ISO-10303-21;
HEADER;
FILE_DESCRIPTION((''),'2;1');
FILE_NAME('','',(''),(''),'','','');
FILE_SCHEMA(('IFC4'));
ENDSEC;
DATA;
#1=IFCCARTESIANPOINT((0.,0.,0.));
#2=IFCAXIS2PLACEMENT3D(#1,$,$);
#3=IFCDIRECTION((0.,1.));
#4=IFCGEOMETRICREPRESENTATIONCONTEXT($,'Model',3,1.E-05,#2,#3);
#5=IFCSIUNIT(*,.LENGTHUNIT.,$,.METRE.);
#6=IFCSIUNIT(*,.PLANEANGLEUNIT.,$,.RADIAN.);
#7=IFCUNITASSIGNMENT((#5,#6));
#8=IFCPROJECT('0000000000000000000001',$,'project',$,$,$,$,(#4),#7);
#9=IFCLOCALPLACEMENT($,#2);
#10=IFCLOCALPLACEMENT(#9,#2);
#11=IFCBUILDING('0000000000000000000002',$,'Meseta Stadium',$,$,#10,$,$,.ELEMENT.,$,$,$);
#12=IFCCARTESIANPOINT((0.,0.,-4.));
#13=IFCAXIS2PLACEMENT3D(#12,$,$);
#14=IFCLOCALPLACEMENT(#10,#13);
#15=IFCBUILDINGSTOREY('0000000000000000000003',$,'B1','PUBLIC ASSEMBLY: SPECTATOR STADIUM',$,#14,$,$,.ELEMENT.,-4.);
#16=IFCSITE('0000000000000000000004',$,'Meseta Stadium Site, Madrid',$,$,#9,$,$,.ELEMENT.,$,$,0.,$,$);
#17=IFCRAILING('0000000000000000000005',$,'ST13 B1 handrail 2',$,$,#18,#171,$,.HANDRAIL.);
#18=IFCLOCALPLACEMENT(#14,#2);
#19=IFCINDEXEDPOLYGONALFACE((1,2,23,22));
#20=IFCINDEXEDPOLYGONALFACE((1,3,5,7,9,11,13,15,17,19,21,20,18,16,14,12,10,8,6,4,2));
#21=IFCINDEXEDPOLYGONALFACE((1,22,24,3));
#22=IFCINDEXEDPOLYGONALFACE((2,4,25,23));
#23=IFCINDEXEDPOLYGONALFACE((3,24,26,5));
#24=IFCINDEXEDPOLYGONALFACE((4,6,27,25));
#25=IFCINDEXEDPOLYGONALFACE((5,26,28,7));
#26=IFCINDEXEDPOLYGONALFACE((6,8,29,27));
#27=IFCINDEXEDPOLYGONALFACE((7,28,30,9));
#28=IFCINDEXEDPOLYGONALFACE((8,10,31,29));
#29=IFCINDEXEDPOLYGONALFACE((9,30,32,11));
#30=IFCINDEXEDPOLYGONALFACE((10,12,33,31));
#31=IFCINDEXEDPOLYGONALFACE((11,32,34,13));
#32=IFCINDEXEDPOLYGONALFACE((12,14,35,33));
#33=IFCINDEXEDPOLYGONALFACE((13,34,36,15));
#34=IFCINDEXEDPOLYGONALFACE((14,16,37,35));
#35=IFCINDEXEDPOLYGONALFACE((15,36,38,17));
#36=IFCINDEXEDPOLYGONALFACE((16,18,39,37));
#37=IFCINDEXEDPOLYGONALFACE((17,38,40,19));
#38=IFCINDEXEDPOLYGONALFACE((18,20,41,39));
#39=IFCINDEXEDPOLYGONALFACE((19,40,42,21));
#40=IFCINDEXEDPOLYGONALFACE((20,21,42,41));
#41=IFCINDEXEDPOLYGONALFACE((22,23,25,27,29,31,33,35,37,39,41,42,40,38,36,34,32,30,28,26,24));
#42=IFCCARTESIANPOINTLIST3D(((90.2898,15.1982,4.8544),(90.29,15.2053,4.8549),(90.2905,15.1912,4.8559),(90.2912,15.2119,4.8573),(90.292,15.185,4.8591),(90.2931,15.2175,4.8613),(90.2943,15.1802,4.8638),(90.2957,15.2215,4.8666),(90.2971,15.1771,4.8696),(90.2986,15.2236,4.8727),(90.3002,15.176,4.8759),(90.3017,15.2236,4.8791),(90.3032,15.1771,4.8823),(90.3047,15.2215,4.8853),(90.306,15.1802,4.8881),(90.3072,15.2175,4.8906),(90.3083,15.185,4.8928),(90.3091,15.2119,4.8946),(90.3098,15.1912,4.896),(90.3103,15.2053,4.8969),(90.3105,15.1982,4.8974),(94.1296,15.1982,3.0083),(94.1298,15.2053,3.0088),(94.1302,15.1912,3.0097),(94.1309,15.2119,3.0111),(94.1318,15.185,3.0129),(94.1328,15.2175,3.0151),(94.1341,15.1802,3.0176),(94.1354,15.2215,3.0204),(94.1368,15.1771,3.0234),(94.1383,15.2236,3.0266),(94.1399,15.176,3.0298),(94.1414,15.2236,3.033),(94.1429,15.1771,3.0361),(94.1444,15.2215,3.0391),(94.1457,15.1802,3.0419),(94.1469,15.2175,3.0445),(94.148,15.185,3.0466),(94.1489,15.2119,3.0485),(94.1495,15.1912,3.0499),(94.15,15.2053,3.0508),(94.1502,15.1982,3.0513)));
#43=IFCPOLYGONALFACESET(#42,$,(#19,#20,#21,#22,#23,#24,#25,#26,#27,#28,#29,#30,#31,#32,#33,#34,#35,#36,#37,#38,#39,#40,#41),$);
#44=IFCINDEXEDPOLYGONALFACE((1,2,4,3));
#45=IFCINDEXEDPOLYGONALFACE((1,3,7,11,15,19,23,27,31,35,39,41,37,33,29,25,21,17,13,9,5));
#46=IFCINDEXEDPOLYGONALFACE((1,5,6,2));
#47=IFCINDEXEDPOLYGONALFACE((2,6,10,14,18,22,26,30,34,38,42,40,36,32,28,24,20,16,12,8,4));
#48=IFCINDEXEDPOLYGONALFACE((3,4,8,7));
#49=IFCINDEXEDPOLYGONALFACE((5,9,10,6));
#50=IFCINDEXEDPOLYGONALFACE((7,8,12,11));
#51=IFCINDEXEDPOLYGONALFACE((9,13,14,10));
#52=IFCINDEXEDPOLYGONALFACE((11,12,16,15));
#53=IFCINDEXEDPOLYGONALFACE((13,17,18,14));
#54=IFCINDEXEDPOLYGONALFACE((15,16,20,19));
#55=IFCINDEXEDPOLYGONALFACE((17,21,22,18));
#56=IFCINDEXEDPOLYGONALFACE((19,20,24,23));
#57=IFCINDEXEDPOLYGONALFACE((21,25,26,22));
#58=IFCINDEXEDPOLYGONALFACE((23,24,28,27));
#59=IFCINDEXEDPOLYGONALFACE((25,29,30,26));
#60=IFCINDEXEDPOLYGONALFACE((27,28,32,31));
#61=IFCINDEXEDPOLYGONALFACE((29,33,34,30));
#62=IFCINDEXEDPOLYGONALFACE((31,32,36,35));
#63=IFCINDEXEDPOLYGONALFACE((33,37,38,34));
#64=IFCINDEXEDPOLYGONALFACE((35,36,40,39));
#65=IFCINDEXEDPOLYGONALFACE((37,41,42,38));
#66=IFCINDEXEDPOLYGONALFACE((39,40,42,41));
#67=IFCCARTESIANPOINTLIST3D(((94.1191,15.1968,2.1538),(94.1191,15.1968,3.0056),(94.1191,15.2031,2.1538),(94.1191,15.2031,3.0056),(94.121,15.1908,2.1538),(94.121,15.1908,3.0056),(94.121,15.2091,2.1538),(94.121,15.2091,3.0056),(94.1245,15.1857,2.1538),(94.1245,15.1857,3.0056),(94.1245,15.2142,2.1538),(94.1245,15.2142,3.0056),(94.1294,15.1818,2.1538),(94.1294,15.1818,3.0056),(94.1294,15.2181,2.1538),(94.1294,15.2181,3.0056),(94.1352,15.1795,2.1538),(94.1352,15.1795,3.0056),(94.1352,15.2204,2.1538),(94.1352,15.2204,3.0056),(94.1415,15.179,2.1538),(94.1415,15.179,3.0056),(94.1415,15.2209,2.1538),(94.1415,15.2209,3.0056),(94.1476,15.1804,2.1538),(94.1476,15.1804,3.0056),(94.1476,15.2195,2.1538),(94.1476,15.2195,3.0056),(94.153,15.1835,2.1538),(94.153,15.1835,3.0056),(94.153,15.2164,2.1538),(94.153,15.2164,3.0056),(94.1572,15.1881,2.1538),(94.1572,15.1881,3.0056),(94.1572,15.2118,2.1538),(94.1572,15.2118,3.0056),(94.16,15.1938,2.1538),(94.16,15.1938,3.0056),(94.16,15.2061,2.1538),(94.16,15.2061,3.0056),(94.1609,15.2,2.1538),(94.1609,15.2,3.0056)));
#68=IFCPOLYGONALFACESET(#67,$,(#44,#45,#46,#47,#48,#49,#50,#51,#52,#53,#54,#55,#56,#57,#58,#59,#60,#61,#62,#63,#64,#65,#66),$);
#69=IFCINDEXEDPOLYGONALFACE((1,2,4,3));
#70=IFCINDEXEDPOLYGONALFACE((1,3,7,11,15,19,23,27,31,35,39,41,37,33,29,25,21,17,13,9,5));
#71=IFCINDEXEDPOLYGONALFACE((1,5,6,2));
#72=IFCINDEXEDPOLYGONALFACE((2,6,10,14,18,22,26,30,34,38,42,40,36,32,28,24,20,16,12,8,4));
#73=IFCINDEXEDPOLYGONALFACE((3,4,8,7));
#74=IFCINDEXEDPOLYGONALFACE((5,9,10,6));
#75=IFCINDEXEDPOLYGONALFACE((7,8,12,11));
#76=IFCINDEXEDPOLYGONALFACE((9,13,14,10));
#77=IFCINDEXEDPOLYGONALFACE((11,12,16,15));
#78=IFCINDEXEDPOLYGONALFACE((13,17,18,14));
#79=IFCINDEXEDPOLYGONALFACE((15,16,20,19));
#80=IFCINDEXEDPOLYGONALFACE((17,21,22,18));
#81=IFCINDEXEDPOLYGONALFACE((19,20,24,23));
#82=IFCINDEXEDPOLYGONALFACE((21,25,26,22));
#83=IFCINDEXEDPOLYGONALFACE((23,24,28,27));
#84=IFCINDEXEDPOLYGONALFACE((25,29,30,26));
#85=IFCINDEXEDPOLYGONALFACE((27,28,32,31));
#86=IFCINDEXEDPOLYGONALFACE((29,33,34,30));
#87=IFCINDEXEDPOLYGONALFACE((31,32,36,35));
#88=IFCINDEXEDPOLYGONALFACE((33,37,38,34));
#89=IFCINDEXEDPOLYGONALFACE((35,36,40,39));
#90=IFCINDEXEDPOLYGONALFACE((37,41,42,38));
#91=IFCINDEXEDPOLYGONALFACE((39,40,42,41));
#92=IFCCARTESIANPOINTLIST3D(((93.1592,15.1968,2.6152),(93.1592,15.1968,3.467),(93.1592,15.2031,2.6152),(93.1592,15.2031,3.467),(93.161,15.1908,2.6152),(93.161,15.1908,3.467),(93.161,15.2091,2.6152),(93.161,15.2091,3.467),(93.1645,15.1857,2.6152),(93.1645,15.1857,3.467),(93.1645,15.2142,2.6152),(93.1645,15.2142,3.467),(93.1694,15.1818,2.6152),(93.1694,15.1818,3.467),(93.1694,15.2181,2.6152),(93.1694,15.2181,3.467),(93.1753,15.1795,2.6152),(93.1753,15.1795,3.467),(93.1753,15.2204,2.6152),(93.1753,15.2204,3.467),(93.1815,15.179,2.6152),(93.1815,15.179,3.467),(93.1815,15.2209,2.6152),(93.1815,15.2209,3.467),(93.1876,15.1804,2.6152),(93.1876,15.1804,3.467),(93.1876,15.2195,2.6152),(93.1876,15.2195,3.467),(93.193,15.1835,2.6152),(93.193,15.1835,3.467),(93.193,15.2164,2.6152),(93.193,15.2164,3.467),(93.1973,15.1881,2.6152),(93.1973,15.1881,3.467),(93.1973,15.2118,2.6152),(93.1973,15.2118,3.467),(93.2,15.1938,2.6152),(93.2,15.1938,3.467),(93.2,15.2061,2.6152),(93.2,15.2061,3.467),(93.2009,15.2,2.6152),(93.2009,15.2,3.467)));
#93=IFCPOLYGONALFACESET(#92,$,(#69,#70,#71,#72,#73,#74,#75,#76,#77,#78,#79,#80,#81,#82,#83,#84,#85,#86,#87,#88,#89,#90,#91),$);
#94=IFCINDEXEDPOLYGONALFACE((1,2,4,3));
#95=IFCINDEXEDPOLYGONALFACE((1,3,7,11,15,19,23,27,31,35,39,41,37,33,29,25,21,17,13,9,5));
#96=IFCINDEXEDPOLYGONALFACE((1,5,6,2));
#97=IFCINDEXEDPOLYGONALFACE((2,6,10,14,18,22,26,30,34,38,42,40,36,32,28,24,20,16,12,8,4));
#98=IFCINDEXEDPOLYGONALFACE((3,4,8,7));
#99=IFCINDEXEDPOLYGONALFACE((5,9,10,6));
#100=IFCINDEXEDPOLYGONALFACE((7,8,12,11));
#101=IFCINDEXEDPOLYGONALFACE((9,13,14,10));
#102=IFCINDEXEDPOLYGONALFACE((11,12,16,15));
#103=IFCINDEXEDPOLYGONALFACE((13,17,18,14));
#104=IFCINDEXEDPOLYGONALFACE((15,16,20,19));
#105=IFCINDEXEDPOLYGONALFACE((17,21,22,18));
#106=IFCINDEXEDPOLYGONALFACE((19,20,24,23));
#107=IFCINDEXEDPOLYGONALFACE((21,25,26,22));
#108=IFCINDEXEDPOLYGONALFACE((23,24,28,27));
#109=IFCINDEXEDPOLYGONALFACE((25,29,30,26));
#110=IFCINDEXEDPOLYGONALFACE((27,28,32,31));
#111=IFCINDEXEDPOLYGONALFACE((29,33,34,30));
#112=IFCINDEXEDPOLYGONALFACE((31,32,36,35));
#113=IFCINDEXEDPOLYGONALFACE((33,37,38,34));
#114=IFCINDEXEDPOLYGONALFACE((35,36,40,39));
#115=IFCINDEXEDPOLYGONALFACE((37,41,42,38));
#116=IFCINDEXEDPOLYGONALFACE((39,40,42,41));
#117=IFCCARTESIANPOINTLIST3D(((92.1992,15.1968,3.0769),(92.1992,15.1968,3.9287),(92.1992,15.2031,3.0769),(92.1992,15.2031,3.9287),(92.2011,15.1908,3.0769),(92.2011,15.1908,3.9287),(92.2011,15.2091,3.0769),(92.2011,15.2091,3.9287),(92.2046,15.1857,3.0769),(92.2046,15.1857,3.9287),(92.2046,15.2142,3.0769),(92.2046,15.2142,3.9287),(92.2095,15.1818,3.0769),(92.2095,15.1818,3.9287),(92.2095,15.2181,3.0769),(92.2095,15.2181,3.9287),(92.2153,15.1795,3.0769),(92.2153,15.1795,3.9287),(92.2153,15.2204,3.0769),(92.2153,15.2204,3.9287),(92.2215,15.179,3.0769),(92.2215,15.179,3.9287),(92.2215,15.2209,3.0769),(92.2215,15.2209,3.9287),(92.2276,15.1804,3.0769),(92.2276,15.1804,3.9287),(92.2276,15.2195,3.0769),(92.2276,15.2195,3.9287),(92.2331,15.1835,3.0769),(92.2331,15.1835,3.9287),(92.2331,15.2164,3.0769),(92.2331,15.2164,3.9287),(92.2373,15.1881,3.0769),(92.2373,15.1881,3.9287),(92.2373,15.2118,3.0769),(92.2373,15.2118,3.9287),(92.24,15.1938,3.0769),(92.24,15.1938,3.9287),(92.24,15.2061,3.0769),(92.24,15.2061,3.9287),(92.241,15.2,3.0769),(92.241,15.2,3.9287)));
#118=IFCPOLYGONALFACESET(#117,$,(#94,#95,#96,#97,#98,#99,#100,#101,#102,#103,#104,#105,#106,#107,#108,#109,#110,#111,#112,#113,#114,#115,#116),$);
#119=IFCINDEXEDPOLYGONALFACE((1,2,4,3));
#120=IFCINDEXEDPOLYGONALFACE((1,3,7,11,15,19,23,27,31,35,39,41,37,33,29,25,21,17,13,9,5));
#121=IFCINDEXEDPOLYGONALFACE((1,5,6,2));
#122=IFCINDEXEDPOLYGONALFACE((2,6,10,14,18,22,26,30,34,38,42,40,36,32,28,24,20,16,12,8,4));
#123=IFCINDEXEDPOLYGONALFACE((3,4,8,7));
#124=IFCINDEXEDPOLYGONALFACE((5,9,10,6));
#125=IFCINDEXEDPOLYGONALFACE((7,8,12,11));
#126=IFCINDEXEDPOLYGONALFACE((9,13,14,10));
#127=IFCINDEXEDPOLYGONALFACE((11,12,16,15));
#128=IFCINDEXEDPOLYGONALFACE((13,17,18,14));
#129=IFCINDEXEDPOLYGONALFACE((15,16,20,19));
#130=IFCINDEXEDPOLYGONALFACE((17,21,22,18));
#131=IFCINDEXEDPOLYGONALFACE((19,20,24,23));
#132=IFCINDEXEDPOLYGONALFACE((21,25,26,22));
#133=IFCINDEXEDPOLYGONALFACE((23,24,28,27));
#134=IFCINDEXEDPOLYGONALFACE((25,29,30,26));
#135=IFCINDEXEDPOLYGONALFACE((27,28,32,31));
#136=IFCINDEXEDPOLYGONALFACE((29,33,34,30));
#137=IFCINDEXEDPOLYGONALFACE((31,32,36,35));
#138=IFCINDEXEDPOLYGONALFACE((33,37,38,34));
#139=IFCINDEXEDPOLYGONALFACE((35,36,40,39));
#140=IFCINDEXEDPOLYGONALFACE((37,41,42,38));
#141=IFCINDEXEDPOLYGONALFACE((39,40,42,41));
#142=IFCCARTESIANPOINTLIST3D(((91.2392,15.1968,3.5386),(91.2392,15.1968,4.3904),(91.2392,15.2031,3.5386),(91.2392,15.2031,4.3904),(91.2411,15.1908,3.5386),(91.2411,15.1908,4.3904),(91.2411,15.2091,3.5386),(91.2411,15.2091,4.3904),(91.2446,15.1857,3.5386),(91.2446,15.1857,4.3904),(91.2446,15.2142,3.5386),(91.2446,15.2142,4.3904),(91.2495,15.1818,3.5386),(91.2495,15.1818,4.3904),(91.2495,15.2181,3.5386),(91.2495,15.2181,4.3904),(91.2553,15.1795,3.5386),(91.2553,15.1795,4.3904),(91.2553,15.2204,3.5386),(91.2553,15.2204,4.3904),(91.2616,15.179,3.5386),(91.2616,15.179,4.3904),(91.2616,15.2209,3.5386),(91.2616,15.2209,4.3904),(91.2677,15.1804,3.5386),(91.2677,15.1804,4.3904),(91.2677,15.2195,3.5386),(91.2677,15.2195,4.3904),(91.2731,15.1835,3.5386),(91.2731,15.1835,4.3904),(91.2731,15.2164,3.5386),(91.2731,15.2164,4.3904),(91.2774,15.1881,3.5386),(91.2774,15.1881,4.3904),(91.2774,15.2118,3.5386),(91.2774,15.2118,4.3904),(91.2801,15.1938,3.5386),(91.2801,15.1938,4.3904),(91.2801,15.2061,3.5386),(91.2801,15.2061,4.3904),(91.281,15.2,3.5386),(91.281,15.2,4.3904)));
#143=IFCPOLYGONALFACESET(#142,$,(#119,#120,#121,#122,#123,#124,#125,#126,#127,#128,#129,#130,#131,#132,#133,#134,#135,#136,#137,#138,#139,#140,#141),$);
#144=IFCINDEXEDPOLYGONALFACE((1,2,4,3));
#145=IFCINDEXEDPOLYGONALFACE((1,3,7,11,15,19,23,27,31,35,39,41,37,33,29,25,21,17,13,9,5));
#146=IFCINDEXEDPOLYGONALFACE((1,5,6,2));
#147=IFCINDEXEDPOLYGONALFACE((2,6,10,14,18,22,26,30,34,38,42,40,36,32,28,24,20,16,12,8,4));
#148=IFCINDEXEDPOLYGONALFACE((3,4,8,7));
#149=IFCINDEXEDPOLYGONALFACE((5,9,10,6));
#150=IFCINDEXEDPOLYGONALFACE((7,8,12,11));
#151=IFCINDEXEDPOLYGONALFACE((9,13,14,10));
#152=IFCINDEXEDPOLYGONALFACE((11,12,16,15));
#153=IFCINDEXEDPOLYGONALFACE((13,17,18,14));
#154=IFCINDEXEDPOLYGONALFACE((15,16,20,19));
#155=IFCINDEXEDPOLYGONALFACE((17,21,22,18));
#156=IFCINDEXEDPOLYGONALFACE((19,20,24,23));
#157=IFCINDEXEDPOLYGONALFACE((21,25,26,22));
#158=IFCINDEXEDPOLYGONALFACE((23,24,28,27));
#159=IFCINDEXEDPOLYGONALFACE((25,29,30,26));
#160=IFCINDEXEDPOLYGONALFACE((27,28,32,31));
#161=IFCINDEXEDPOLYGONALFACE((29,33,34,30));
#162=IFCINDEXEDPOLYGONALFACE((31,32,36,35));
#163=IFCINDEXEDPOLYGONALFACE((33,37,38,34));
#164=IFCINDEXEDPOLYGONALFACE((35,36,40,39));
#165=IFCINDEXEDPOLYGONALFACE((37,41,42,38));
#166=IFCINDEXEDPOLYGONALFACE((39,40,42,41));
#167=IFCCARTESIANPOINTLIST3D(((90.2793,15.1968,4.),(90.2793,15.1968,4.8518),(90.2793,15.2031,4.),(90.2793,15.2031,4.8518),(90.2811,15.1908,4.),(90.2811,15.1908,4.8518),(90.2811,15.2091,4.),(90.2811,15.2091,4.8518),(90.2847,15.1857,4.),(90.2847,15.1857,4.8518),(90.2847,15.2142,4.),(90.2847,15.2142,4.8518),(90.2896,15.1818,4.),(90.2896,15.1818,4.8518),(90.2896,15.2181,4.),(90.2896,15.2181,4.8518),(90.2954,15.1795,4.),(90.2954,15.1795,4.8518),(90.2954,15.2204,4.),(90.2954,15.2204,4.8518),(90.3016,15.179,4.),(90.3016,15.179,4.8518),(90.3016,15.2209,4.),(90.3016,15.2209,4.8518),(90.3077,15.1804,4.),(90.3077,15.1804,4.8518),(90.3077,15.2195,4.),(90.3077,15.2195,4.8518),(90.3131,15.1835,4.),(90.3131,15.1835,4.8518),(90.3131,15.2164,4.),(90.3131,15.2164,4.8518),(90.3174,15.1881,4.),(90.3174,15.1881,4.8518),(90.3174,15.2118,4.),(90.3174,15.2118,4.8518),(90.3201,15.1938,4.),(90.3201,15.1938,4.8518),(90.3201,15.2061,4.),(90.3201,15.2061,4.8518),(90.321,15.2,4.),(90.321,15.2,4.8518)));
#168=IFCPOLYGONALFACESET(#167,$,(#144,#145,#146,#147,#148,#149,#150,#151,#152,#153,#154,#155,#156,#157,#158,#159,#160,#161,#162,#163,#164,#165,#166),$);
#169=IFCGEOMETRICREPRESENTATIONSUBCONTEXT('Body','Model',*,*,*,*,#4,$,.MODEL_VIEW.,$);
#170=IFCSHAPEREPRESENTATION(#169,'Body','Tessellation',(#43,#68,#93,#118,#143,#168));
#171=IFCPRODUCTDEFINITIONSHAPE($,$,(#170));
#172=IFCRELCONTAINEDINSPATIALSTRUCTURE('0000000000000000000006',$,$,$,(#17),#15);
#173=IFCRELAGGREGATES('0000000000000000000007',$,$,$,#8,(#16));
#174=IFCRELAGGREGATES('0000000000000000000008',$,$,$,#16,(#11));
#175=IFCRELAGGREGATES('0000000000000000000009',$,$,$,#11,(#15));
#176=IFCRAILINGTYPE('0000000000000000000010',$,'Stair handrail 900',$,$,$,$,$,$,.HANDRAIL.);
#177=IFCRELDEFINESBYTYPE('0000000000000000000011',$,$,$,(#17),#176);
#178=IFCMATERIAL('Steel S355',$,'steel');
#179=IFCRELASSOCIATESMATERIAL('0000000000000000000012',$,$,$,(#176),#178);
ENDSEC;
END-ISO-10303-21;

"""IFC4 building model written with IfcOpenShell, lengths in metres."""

from ifc_helpers import new_model, si_unit, direction, frame, origin, origin_2d, place, context, subcontext, project, spatial, circle, extrude, material, type_object, element, save


model = new_model("IFC4")

# Units and contexts
model_context = context("Model", 3, precision=1e-05, world=origin(), true_north=direction((0.0, 1.0)))
body_context = subcontext(model_context, "Body", "Model", "MODEL_VIEW")
ifc_project = project(units=[si_unit("LENGTHUNIT", "METRE"), si_unit("PLANEANGLEUNIT", "RADIAN")], contexts=[model_context])

# Site, building, storey
site_placement = place(None, origin())
site = spatial("IfcSite", under=ifc_project, at=site_placement, Name="Meseta Stadium Site, Madrid", CompositionType="ELEMENT", RefElevation=0.0)
building_placement = place(site_placement, origin())
building = spatial("IfcBuilding", under=site, at=building_placement, Name="Meseta Stadium", CompositionType="ELEMENT")
storey_placement = place(building_placement, frame((0.0, 0.0, -4.0)))
storey = spatial("IfcBuildingStorey", under=building, at=storey_placement, Name="B1", Description="PUBLIC ASSEMBLY: SPECTATOR STADIUM", CompositionType="ELEMENT", Elevation=-4.0)

# Railing
ifc_material_1 = material(Name="Steel S355", Category="steel")
railing_type_1 = type_object("IfcRailingType", Name="Stair handrail 900", PredefinedType="HANDRAIL", material=ifc_material_1)
for number, where, name in (
    (1, (94.1399, 15.2, 2.1538), "ST13 B1 handrail 2"),
):
    element("IfcRailing", number, at=place(storey_placement, frame(where)), inside=storey, type_object=railing_type_1, Name=name, PredefinedType="HANDRAIL", context=body_context, shape_type="SweptSolid", body=[
        extrude(circle(Radius=0.0239, at=origin_2d()), frame((0.0, 0.0, 0.876), z_axis=(-0.901242, 0.0, 0.433316), x_axis=(0.0, -1.0, 0.0)), (0.0, 0.0, 1.0), 4.2605),
        extrude(circle(Radius=0.021, at=origin_2d()), origin(), (0.0, 0.0, 1.0), 0.8518),
        extrude(circle(Radius=0.021, at=origin_2d()), frame((-0.96, 0.0, 0.4614)), (0.0, 0.0, 1.0), 0.8518),
        extrude(circle(Radius=0.021, at=origin_2d()), frame((-1.9199, 0.0, 0.9231)), (0.0, 0.0, 1.0), 0.8518),
        extrude(circle(Radius=0.021, at=origin_2d()), frame((-2.8799, 0.0, 1.3848)), (0.0, 0.0, 1.0), 0.8518),
        extrude(circle(Radius=0.021, at=origin_2d()), frame((-3.8398, 0.0, 1.8462)), (0.0, 0.0, 1.0), 0.8518),
    ])

save(model, "model.ifc")
